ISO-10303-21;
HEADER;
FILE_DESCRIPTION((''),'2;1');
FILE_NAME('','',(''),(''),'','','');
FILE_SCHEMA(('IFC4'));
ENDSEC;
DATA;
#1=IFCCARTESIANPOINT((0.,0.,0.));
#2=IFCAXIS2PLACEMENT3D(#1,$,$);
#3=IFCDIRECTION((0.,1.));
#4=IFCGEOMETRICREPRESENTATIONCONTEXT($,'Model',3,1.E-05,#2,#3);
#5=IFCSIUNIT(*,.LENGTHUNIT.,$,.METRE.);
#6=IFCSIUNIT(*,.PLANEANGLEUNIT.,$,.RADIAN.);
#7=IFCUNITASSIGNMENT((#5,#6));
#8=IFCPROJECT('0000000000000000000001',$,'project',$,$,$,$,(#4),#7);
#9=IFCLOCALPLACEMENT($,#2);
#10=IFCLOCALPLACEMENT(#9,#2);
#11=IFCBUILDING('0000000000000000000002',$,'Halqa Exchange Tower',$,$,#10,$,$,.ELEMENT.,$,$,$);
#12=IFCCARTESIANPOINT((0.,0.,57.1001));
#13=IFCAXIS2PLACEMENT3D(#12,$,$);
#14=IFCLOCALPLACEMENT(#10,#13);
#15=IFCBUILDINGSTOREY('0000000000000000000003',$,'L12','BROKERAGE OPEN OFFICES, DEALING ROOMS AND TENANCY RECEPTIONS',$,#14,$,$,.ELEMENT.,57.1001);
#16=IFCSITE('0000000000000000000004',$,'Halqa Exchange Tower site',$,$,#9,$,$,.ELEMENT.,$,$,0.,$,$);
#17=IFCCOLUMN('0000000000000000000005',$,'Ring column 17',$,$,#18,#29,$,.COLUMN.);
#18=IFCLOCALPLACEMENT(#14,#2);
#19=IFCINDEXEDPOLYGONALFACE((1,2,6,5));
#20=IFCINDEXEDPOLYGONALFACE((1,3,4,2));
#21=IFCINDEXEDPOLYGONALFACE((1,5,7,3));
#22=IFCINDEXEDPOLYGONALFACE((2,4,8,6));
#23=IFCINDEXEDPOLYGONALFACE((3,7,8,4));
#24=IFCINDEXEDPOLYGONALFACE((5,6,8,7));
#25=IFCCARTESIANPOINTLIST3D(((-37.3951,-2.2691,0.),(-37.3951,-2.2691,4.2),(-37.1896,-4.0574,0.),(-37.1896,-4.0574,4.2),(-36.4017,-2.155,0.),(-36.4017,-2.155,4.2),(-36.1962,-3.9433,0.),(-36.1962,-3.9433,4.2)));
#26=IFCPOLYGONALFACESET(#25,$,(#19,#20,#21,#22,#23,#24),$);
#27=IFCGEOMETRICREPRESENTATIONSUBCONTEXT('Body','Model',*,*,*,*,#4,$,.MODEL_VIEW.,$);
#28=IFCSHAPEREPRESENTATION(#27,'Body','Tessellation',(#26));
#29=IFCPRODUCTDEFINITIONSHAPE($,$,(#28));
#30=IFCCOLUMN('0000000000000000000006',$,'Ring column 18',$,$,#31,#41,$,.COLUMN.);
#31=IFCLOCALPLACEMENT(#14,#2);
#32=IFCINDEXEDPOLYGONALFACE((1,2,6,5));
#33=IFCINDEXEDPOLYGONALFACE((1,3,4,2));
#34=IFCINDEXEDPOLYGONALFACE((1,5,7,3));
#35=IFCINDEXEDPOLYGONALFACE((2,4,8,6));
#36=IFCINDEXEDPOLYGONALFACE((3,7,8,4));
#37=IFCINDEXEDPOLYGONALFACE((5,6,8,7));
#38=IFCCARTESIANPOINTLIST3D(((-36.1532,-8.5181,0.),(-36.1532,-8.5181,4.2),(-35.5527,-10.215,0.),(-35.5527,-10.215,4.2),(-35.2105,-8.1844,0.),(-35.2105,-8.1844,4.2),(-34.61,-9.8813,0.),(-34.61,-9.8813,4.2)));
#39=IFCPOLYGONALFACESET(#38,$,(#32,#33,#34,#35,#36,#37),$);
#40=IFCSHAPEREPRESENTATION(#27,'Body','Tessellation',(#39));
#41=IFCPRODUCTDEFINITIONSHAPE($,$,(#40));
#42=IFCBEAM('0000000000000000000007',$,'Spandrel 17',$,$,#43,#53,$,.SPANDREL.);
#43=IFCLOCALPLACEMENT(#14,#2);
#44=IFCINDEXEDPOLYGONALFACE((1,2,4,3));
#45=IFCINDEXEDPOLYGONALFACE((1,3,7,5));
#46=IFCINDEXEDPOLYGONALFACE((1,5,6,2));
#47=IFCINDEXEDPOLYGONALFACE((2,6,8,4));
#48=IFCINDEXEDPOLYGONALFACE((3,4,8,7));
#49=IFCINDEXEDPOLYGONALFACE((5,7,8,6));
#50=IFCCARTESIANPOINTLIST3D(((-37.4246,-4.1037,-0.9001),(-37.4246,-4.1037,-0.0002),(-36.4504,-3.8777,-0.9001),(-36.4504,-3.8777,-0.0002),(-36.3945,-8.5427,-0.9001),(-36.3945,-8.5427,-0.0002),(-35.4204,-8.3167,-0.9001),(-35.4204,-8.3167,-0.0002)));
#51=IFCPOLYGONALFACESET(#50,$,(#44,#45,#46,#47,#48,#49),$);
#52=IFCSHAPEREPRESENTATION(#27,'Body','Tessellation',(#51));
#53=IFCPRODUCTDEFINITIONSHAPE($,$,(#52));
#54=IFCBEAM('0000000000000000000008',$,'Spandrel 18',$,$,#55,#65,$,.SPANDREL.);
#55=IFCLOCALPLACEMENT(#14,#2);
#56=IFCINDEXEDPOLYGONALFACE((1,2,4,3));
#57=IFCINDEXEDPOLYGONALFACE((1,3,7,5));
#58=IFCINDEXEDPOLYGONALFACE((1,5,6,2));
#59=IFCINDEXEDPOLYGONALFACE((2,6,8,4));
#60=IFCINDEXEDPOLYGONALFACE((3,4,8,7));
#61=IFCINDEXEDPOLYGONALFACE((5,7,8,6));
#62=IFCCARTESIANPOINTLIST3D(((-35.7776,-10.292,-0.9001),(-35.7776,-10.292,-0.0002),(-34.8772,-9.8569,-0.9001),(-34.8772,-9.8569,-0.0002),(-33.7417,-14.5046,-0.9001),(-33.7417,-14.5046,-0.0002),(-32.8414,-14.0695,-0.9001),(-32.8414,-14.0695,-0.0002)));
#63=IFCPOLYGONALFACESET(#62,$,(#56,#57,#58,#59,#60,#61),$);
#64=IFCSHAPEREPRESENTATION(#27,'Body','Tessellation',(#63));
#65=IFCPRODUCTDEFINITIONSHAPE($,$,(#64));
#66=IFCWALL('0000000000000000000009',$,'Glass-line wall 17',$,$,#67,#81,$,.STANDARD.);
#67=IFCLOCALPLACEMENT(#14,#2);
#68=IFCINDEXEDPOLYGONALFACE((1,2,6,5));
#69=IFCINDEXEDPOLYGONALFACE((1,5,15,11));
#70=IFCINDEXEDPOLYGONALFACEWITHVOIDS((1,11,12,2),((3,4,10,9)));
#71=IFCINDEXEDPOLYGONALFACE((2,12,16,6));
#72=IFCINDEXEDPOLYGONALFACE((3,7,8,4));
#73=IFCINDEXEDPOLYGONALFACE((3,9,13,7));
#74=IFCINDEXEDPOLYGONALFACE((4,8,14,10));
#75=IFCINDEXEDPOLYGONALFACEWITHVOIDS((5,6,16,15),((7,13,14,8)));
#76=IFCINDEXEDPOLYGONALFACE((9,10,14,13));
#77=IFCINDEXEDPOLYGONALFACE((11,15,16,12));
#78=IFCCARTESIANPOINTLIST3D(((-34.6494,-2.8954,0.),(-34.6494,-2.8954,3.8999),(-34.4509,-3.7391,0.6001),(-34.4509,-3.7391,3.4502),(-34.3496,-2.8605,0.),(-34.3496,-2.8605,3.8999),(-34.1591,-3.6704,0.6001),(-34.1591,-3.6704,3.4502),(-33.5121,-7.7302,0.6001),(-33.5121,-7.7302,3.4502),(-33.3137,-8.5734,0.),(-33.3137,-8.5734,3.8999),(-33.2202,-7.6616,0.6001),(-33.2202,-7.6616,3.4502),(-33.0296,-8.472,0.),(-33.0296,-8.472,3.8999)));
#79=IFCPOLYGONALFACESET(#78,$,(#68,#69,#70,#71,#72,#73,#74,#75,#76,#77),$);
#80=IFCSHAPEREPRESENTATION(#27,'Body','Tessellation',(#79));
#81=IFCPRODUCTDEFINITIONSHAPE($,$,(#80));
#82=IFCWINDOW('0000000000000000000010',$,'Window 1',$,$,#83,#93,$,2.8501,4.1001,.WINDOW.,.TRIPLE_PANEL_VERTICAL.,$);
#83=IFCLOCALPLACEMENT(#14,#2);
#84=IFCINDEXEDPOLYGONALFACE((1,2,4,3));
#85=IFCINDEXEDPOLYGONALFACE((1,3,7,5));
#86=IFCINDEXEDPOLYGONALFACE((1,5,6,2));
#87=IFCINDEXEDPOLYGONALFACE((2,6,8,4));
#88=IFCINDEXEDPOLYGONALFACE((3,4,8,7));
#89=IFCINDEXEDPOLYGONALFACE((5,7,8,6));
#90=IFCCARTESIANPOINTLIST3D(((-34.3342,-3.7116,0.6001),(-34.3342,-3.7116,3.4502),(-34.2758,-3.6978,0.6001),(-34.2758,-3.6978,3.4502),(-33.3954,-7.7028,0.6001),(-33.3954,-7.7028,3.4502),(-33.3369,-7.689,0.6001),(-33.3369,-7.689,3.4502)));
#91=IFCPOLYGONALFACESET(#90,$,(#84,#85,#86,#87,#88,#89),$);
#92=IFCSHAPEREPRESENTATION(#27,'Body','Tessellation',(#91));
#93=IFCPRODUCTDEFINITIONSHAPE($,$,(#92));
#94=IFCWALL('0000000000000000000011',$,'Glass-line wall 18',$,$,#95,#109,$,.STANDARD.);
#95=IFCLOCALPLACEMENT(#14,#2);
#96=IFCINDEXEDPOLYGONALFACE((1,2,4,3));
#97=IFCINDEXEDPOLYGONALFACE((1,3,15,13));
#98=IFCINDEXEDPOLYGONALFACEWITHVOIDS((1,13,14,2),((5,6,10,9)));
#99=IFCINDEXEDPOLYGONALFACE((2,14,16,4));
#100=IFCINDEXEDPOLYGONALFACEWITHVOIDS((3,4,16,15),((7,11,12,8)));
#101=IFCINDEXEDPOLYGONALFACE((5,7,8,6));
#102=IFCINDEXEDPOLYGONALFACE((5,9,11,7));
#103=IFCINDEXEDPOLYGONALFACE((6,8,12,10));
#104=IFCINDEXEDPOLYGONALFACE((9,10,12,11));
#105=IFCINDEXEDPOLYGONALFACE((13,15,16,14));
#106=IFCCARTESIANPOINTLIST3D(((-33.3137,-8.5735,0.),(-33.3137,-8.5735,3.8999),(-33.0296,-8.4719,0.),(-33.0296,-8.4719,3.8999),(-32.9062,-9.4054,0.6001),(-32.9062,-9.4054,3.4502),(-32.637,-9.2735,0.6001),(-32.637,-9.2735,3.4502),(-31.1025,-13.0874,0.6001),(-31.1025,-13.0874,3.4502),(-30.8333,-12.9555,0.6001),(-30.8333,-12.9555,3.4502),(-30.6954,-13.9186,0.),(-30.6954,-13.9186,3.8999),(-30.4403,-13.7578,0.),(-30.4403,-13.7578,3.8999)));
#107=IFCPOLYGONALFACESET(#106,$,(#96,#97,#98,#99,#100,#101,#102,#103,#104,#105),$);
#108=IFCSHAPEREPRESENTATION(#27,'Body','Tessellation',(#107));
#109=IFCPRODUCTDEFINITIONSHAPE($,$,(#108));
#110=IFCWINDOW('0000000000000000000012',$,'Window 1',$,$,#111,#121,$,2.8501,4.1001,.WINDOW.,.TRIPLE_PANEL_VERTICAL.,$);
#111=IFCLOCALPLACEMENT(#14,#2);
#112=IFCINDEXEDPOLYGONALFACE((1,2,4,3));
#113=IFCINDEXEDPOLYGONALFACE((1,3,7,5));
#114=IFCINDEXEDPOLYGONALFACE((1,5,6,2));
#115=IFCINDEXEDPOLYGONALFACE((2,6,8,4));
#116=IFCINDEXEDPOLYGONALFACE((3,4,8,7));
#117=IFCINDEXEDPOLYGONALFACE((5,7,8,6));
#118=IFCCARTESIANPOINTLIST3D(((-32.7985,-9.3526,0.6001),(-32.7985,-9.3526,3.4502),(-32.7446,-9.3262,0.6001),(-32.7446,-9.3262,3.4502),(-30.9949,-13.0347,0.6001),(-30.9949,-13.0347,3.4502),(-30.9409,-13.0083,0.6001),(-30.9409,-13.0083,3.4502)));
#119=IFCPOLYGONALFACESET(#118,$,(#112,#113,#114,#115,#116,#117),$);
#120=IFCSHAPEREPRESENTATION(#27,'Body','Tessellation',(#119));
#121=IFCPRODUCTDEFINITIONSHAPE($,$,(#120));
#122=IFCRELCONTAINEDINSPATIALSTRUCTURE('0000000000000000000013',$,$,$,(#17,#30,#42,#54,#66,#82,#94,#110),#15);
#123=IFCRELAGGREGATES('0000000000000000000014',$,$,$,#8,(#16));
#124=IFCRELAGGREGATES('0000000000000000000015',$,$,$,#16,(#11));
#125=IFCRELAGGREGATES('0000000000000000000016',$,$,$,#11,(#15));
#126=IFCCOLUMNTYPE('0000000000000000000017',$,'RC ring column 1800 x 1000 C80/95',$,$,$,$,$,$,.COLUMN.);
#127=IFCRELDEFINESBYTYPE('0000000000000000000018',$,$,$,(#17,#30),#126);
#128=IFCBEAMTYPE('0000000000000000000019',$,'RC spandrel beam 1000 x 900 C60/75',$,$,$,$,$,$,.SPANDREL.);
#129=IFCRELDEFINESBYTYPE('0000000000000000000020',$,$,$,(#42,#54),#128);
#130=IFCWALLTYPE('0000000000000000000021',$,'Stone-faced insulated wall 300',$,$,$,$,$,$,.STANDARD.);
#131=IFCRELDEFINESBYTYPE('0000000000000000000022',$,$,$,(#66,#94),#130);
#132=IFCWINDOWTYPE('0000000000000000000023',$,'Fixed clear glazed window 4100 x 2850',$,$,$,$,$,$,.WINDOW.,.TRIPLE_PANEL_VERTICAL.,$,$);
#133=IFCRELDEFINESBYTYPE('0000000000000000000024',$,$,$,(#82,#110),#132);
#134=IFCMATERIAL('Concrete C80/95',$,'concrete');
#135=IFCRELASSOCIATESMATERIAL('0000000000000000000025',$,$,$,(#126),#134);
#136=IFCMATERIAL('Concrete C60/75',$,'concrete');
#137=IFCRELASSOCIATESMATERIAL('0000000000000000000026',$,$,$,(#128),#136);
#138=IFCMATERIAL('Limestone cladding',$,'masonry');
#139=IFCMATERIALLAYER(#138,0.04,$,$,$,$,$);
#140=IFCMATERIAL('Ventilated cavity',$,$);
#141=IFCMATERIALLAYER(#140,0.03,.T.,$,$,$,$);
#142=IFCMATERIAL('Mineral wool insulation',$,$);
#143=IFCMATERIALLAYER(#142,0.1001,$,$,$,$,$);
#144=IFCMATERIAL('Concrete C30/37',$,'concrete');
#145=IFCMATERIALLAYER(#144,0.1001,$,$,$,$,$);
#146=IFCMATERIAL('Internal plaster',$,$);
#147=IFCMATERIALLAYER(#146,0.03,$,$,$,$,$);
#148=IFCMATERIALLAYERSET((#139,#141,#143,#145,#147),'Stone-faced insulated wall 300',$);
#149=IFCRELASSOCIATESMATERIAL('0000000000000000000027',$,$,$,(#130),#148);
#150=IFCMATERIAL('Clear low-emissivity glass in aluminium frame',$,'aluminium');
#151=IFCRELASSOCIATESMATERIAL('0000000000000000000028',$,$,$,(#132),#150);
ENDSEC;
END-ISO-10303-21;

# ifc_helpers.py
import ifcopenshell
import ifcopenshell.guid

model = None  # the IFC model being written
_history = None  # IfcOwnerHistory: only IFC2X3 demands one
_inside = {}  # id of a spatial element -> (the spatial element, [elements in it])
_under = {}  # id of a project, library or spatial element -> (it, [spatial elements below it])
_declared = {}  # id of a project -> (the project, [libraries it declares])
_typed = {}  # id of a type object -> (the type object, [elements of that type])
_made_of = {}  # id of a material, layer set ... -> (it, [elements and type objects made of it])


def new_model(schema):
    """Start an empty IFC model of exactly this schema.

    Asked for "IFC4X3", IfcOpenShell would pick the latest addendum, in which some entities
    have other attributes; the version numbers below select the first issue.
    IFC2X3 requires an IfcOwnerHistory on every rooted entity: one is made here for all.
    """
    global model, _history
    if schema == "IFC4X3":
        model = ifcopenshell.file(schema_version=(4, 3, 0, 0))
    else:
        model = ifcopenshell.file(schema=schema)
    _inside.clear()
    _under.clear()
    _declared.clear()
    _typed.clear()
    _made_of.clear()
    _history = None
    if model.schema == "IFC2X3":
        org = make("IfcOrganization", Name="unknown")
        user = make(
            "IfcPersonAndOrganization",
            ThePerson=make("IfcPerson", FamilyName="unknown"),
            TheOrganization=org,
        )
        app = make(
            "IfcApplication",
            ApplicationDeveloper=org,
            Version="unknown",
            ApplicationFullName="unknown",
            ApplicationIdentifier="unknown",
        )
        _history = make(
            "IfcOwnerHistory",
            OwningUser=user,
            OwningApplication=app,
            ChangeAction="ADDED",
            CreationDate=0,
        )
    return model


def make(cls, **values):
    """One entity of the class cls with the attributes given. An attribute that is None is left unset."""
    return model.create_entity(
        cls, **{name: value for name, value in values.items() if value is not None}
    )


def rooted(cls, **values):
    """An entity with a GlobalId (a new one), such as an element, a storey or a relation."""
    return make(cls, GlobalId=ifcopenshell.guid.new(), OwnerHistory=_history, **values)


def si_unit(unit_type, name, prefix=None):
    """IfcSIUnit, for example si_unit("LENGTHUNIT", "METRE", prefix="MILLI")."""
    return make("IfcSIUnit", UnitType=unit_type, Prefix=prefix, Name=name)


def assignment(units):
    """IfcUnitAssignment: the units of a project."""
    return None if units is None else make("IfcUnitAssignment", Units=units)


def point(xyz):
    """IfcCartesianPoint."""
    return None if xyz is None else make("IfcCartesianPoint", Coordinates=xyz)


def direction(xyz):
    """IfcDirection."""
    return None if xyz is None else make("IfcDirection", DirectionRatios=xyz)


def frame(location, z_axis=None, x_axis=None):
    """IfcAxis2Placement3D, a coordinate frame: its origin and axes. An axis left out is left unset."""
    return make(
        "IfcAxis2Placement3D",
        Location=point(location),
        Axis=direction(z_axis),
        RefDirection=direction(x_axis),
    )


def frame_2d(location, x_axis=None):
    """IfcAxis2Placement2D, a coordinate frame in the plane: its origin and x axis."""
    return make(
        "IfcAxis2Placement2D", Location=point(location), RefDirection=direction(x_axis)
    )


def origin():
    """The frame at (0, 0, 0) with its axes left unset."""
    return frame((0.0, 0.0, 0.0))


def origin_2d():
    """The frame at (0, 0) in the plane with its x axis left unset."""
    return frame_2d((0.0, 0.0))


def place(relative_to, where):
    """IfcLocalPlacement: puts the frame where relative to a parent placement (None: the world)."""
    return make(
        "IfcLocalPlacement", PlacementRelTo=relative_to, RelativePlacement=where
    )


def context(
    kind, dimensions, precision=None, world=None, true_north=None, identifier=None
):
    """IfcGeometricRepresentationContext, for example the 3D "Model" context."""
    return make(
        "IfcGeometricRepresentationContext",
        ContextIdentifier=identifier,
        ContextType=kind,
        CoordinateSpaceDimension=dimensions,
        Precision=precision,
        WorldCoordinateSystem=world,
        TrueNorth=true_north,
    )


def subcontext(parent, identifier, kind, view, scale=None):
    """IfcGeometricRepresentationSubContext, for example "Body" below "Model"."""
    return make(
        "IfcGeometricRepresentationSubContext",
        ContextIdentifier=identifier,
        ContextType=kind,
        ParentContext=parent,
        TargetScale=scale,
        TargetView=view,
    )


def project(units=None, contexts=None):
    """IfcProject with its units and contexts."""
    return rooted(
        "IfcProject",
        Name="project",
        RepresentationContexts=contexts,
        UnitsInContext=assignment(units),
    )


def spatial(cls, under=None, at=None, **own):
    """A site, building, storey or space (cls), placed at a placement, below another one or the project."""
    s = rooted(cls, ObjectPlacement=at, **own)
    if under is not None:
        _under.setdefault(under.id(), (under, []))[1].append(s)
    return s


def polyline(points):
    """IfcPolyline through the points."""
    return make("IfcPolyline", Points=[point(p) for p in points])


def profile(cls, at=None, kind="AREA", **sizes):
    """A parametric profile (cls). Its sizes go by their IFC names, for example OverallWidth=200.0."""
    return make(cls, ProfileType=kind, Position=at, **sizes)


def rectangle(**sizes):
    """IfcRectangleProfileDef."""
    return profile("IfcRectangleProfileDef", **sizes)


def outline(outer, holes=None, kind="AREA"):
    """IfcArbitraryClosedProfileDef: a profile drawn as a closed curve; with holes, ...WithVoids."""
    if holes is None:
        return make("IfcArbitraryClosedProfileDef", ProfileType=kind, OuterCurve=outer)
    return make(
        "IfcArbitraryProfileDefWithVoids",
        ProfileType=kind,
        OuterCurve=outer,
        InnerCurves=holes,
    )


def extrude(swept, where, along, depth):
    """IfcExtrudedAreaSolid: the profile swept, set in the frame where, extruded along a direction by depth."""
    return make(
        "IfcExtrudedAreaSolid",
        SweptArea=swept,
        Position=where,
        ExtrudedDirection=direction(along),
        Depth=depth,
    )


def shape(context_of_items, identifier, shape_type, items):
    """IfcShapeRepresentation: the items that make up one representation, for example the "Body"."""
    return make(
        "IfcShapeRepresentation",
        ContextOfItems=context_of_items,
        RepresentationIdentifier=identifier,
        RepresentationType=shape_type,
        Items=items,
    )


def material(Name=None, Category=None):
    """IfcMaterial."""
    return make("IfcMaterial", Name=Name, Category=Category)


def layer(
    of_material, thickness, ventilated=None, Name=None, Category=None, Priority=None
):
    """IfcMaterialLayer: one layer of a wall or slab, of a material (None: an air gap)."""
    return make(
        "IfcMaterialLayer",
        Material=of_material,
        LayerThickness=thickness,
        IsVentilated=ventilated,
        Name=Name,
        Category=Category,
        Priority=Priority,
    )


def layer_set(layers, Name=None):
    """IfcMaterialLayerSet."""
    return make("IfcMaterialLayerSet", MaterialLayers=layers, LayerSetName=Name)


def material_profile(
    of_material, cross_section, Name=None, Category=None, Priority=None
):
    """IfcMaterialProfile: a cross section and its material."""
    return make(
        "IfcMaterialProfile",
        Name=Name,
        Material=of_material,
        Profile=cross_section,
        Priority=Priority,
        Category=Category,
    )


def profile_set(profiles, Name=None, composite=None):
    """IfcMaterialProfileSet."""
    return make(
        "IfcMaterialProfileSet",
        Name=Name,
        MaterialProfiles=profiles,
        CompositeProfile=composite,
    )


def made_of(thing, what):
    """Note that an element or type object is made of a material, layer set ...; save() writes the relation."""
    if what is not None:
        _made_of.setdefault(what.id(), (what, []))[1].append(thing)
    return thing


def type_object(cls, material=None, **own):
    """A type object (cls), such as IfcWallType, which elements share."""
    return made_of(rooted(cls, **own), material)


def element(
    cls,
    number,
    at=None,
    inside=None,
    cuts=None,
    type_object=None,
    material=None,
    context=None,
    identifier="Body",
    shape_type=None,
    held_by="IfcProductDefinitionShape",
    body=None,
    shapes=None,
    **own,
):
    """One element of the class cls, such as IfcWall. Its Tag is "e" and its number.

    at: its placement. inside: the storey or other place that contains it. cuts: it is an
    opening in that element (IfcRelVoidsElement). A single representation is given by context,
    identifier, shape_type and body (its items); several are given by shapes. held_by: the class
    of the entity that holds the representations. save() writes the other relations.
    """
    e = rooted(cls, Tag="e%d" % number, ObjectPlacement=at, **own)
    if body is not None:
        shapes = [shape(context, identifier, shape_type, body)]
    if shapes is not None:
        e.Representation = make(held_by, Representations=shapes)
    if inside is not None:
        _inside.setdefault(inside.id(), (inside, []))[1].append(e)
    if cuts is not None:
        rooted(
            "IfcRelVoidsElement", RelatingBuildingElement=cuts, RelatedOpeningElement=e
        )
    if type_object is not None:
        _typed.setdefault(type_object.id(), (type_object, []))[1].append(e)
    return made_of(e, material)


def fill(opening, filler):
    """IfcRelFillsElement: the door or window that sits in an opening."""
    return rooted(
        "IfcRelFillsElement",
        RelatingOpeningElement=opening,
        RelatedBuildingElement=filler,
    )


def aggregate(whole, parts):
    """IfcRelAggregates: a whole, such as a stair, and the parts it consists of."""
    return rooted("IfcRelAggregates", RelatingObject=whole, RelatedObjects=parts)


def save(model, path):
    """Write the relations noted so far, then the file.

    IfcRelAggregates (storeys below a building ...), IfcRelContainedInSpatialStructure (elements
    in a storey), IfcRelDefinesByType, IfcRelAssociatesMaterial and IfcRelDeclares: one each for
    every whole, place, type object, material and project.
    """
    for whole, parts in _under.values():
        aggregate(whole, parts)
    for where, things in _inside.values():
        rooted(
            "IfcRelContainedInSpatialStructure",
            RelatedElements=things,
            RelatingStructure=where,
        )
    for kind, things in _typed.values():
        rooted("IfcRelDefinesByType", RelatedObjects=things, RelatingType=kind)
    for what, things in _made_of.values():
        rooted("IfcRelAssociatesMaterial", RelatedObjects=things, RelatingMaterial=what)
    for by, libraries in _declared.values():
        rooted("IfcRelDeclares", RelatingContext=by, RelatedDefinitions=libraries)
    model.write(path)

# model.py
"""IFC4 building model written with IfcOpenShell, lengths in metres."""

from ifc_helpers import new_model, si_unit, direction, frame, frame_2d, origin, origin_2d, place, context, subcontext, project, spatial, polyline, rectangle, outline, extrude, material, layer, layer_set, material_profile, profile_set, type_object, element, fill, save


model = new_model("IFC4")

# Units and contexts
model_context = context("Model", 3, precision=1e-05, world=origin(), true_north=direction((0.0, 1.0)))
body_context = subcontext(model_context, "Body", "Model", "MODEL_VIEW")
ifc_project = project(units=[si_unit("LENGTHUNIT", "METRE"), si_unit("PLANEANGLEUNIT", "RADIAN")], contexts=[model_context])

# Site, building, storey
site_placement = place(None, origin())
site = spatial("IfcSite", under=ifc_project, at=site_placement, Name="Halqa Exchange Tower site", CompositionType="ELEMENT", RefElevation=0.0)
building_placement = place(site_placement, origin())
building = spatial("IfcBuilding", under=site, at=building_placement, Name="Halqa Exchange Tower", CompositionType="ELEMENT")
storey_placement = place(building_placement, frame((0.0, 0.0, 57.1001)))
storey = spatial("IfcBuildingStorey", under=building, at=storey_placement, Name="L12", Description="BROKERAGE OPEN OFFICES, DEALING ROOMS AND TENANCY RECEPTIONS", CompositionType="ELEMENT", Elevation=57.1001)

# Columns
ifc_material_1 = material(Name="Concrete C80/95", Category="concrete")
ifc_material_profile_1 = material_profile(ifc_material_1, rectangle(XDim=1.8, YDim=1.0, at=origin_2d()), Name="1800 x 1000")
ifc_profile_set_1 = profile_set([ifc_material_profile_1], Name="Concrete C80/95")
column_type = type_object("IfcColumnType", Name="RC ring column 1800 x 1000 C80/95", PredefinedType="COLUMN", material=ifc_profile_set_1)
for number, where, z_axis, x_axis, name in (
    (1, (-36.7957, -3.1062, 0.0), (0.0, 0.0, 1.0), (0.11416, -0.993462, 0.0), "Ring column 17"),
    (2, (-35.3816, -9.1997, 0.0), (0.0, 0.0, 1.0), (0.333629, -0.942704, 0.0), "Ring column 18"),
):
    element("IfcColumn", number, at=place(storey_placement, frame(where, z_axis=z_axis, x_axis=x_axis)), inside=storey, type_object=column_type, Name=name, PredefinedType="COLUMN", context=body_context, shape_type="SweptSolid", body=[
        extrude(rectangle(XDim=1.8, YDim=1.0, at=origin_2d()), origin(), (0.0, 0.0, 1.0), 4.2),
    ])

# Beams
ifc_material_2 = material(Name="Concrete C60/75", Category="concrete")
ifc_material_profile_2 = material_profile(ifc_material_2, rectangle(XDim=1.0, YDim=0.8999, at=origin_2d()), Name="1000 x 900")
ifc_profile_set_2 = profile_set([ifc_material_profile_2], Name="Concrete C60/75")
beam_type = type_object("IfcBeamType", Name="RC spandrel beam 1000 x 900 C60/75", PredefinedType="SPANDREL", material=ifc_profile_set_2)
beam_1_placement = place(storey_placement, frame((-36.9375, -3.9907, -0.4502), z_axis=(0.226037, -0.974119, 0.0), x_axis=(0.974119, 0.226037, 0.0)))
element("IfcBeam", 3, at=beam_1_placement, inside=storey, type_object=beam_type, Name="Spandrel 17", PredefinedType="SPANDREL", context=body_context, shape_type="SweptSolid", body=[
    extrude(rectangle(XDim=1.0, YDim=0.8999, at=origin_2d()), origin(), (0.0, 0.0, 1.0), 4.5569),
])
beam_2_placement = place(storey_placement, frame((-35.3274, -10.0745, -0.4502), z_axis=(0.43513, -0.900368, 0.0), x_axis=(0.900368, 0.43513, 0.0)))
element("IfcBeam", 4, at=beam_2_placement, inside=storey, type_object=beam_type, Name="Spandrel 18", PredefinedType="SPANDREL", context=body_context, shape_type="SweptSolid", body=[
    extrude(rectangle(XDim=1.0, YDim=0.8999, at=origin_2d()), origin(), (0.0, 0.0, 1.0), 4.6787),
])

# Walls, openings, windows
ifc_material_3 = material(Name="Limestone cladding", Category="masonry")
ifc_layer_1 = layer(ifc_material_3, 0.04)
ifc_material_4 = material(Name="Ventilated cavity")
ifc_layer_2 = layer(ifc_material_4, 0.03, ventilated=True)
ifc_material_5 = material(Name="Mineral wool insulation")
ifc_layer_3 = layer(ifc_material_5, 0.1001)
ifc_material_6 = material(Name="Concrete C30/37", Category="concrete")
ifc_layer_4 = layer(ifc_material_6, 0.1001)
ifc_material_7 = material(Name="Internal plaster")
ifc_layer_5 = layer(ifc_material_7, 0.03)
ifc_layer_set = layer_set([ifc_layer_1, ifc_layer_2, ifc_layer_3, ifc_layer_4, ifc_layer_5], Name="Stone-faced insulated wall 300")
wall_type = type_object("IfcWallType", Name="Stone-faced insulated wall 300", PredefinedType="STANDARD", material=ifc_layer_set)
wall_1_placement = place(storey_placement, frame((-34.4995, -2.8779, 0.0), z_axis=(0.0, 0.0, 1.0), x_axis=(0.22899, -0.973429, 0.0)))
wall_1 = element("IfcWall", 5, at=wall_1_placement, inside=storey, type_object=wall_type, Name="Glass-line wall 17", PredefinedType="STANDARD", context=body_context, shape_type="SweptSolid", body=[
    extrude(outline(polyline([(-0.0173, -0.1499), (5.8157, -0.1499), (5.782, 0.1499), (0.0173, 0.1499), (-0.0173, -0.1499)])), origin(), (0.0, 0.0, 1.0), 3.8999),
])
opening_1_placement = place(wall_1_placement, frame((0.8494, 0.0, 0.6001)))
opening_1 = element("IfcOpeningElement", 6, at=opening_1_placement, cuts=wall_1, PredefinedType="OPENING", context=body_context, shape_type="SweptSolid", body=[
    extrude(rectangle(XDim=4.1001, YDim=2.8501, at=frame_2d((2.05, 1.425))), frame((0.0, 0.1621, 0.0), z_axis=(0.0, -1.0, 0.0), x_axis=(1.0, 0.0, 0.0)), (0.0, 0.0, 1.0), 0.324),
])
ifc_material_8 = material(Name="Clear low-emissivity glass in aluminium frame", Category="aluminium")
window_type = type_object("IfcWindowType", Name="Fixed clear glazed window 4100 x 2850", PartitioningType="TRIPLE_PANEL_VERTICAL", PredefinedType="WINDOW", material=ifc_material_8)
window_1_placement = place(opening_1_placement, origin())
window_1 = element("IfcWindow", 7, at=window_1_placement, inside=storey, type_object=window_type, Name="Window 1", OverallHeight=2.8501, OverallWidth=4.1001, PartitioningType="TRIPLE_PANEL_VERTICAL", PredefinedType="WINDOW", context=body_context, shape_type="SweptSolid", body=[
    extrude(rectangle(XDim=4.1001, YDim=2.8501, at=frame_2d((2.05, 1.425))), frame((0.0, 0.03, 0.0), z_axis=(0.0, -1.0, 0.0), x_axis=(1.0, 0.0, 0.0)), (0.0, 0.0, 1.0), 0.0601),
])
fill(opening_1, window_1)
wall_2_placement = place(storey_placement, frame((-33.1716, -8.5227, 0.0), z_axis=(0.0, 0.0, 1.0), x_axis=(0.439906, -0.898044, 0.0)))
wall_2 = element("IfcWall", 8, at=wall_2_placement, inside=storey, type_object=wall_type, Name="Glass-line wall 18", PredefinedType="STANDARD", context=body_context, shape_type="SweptSolid", body=[
    extrude(outline(polyline([(-0.0168, -0.1499), (5.9351, -0.1499), (5.9028, 0.1499), (0.0168, 0.1499), (-0.0168, -0.1499)])), origin(), (0.0, 0.0, 1.0), 3.8999),
])
opening_2_placement = place(wall_2_placement, frame((0.9094, 0.0, 0.6001)))
opening_2 = element("IfcOpeningElement", 9, at=opening_2_placement, cuts=wall_2, PredefinedType="OPENING", context=body_context, shape_type="SweptSolid", body=[
    extrude(rectangle(XDim=4.1001, YDim=2.8501, at=frame_2d((2.05, 1.425))), frame((0.0, 0.1621, 0.0), z_axis=(0.0, -1.0, 0.0), x_axis=(1.0, 0.0, 0.0)), (0.0, 0.0, 1.0), 0.324),
])
window_2_placement = place(opening_2_placement, origin())
window_2 = element("IfcWindow", 10, at=window_2_placement, inside=storey, type_object=window_type, Name="Window 1", OverallHeight=2.8501, OverallWidth=4.1001, PartitioningType="TRIPLE_PANEL_VERTICAL", PredefinedType="WINDOW", context=body_context, shape_type="SweptSolid", body=[
    extrude(rectangle(XDim=4.1001, YDim=2.8501, at=frame_2d((2.05, 1.425))), frame((0.0, 0.03, 0.0), z_axis=(0.0, -1.0, 0.0), x_axis=(1.0, 0.0, 0.0)), (0.0, 0.0, 1.0), 0.0601),
])
fill(opening_2, window_2)

save(model, "model.ifc")
